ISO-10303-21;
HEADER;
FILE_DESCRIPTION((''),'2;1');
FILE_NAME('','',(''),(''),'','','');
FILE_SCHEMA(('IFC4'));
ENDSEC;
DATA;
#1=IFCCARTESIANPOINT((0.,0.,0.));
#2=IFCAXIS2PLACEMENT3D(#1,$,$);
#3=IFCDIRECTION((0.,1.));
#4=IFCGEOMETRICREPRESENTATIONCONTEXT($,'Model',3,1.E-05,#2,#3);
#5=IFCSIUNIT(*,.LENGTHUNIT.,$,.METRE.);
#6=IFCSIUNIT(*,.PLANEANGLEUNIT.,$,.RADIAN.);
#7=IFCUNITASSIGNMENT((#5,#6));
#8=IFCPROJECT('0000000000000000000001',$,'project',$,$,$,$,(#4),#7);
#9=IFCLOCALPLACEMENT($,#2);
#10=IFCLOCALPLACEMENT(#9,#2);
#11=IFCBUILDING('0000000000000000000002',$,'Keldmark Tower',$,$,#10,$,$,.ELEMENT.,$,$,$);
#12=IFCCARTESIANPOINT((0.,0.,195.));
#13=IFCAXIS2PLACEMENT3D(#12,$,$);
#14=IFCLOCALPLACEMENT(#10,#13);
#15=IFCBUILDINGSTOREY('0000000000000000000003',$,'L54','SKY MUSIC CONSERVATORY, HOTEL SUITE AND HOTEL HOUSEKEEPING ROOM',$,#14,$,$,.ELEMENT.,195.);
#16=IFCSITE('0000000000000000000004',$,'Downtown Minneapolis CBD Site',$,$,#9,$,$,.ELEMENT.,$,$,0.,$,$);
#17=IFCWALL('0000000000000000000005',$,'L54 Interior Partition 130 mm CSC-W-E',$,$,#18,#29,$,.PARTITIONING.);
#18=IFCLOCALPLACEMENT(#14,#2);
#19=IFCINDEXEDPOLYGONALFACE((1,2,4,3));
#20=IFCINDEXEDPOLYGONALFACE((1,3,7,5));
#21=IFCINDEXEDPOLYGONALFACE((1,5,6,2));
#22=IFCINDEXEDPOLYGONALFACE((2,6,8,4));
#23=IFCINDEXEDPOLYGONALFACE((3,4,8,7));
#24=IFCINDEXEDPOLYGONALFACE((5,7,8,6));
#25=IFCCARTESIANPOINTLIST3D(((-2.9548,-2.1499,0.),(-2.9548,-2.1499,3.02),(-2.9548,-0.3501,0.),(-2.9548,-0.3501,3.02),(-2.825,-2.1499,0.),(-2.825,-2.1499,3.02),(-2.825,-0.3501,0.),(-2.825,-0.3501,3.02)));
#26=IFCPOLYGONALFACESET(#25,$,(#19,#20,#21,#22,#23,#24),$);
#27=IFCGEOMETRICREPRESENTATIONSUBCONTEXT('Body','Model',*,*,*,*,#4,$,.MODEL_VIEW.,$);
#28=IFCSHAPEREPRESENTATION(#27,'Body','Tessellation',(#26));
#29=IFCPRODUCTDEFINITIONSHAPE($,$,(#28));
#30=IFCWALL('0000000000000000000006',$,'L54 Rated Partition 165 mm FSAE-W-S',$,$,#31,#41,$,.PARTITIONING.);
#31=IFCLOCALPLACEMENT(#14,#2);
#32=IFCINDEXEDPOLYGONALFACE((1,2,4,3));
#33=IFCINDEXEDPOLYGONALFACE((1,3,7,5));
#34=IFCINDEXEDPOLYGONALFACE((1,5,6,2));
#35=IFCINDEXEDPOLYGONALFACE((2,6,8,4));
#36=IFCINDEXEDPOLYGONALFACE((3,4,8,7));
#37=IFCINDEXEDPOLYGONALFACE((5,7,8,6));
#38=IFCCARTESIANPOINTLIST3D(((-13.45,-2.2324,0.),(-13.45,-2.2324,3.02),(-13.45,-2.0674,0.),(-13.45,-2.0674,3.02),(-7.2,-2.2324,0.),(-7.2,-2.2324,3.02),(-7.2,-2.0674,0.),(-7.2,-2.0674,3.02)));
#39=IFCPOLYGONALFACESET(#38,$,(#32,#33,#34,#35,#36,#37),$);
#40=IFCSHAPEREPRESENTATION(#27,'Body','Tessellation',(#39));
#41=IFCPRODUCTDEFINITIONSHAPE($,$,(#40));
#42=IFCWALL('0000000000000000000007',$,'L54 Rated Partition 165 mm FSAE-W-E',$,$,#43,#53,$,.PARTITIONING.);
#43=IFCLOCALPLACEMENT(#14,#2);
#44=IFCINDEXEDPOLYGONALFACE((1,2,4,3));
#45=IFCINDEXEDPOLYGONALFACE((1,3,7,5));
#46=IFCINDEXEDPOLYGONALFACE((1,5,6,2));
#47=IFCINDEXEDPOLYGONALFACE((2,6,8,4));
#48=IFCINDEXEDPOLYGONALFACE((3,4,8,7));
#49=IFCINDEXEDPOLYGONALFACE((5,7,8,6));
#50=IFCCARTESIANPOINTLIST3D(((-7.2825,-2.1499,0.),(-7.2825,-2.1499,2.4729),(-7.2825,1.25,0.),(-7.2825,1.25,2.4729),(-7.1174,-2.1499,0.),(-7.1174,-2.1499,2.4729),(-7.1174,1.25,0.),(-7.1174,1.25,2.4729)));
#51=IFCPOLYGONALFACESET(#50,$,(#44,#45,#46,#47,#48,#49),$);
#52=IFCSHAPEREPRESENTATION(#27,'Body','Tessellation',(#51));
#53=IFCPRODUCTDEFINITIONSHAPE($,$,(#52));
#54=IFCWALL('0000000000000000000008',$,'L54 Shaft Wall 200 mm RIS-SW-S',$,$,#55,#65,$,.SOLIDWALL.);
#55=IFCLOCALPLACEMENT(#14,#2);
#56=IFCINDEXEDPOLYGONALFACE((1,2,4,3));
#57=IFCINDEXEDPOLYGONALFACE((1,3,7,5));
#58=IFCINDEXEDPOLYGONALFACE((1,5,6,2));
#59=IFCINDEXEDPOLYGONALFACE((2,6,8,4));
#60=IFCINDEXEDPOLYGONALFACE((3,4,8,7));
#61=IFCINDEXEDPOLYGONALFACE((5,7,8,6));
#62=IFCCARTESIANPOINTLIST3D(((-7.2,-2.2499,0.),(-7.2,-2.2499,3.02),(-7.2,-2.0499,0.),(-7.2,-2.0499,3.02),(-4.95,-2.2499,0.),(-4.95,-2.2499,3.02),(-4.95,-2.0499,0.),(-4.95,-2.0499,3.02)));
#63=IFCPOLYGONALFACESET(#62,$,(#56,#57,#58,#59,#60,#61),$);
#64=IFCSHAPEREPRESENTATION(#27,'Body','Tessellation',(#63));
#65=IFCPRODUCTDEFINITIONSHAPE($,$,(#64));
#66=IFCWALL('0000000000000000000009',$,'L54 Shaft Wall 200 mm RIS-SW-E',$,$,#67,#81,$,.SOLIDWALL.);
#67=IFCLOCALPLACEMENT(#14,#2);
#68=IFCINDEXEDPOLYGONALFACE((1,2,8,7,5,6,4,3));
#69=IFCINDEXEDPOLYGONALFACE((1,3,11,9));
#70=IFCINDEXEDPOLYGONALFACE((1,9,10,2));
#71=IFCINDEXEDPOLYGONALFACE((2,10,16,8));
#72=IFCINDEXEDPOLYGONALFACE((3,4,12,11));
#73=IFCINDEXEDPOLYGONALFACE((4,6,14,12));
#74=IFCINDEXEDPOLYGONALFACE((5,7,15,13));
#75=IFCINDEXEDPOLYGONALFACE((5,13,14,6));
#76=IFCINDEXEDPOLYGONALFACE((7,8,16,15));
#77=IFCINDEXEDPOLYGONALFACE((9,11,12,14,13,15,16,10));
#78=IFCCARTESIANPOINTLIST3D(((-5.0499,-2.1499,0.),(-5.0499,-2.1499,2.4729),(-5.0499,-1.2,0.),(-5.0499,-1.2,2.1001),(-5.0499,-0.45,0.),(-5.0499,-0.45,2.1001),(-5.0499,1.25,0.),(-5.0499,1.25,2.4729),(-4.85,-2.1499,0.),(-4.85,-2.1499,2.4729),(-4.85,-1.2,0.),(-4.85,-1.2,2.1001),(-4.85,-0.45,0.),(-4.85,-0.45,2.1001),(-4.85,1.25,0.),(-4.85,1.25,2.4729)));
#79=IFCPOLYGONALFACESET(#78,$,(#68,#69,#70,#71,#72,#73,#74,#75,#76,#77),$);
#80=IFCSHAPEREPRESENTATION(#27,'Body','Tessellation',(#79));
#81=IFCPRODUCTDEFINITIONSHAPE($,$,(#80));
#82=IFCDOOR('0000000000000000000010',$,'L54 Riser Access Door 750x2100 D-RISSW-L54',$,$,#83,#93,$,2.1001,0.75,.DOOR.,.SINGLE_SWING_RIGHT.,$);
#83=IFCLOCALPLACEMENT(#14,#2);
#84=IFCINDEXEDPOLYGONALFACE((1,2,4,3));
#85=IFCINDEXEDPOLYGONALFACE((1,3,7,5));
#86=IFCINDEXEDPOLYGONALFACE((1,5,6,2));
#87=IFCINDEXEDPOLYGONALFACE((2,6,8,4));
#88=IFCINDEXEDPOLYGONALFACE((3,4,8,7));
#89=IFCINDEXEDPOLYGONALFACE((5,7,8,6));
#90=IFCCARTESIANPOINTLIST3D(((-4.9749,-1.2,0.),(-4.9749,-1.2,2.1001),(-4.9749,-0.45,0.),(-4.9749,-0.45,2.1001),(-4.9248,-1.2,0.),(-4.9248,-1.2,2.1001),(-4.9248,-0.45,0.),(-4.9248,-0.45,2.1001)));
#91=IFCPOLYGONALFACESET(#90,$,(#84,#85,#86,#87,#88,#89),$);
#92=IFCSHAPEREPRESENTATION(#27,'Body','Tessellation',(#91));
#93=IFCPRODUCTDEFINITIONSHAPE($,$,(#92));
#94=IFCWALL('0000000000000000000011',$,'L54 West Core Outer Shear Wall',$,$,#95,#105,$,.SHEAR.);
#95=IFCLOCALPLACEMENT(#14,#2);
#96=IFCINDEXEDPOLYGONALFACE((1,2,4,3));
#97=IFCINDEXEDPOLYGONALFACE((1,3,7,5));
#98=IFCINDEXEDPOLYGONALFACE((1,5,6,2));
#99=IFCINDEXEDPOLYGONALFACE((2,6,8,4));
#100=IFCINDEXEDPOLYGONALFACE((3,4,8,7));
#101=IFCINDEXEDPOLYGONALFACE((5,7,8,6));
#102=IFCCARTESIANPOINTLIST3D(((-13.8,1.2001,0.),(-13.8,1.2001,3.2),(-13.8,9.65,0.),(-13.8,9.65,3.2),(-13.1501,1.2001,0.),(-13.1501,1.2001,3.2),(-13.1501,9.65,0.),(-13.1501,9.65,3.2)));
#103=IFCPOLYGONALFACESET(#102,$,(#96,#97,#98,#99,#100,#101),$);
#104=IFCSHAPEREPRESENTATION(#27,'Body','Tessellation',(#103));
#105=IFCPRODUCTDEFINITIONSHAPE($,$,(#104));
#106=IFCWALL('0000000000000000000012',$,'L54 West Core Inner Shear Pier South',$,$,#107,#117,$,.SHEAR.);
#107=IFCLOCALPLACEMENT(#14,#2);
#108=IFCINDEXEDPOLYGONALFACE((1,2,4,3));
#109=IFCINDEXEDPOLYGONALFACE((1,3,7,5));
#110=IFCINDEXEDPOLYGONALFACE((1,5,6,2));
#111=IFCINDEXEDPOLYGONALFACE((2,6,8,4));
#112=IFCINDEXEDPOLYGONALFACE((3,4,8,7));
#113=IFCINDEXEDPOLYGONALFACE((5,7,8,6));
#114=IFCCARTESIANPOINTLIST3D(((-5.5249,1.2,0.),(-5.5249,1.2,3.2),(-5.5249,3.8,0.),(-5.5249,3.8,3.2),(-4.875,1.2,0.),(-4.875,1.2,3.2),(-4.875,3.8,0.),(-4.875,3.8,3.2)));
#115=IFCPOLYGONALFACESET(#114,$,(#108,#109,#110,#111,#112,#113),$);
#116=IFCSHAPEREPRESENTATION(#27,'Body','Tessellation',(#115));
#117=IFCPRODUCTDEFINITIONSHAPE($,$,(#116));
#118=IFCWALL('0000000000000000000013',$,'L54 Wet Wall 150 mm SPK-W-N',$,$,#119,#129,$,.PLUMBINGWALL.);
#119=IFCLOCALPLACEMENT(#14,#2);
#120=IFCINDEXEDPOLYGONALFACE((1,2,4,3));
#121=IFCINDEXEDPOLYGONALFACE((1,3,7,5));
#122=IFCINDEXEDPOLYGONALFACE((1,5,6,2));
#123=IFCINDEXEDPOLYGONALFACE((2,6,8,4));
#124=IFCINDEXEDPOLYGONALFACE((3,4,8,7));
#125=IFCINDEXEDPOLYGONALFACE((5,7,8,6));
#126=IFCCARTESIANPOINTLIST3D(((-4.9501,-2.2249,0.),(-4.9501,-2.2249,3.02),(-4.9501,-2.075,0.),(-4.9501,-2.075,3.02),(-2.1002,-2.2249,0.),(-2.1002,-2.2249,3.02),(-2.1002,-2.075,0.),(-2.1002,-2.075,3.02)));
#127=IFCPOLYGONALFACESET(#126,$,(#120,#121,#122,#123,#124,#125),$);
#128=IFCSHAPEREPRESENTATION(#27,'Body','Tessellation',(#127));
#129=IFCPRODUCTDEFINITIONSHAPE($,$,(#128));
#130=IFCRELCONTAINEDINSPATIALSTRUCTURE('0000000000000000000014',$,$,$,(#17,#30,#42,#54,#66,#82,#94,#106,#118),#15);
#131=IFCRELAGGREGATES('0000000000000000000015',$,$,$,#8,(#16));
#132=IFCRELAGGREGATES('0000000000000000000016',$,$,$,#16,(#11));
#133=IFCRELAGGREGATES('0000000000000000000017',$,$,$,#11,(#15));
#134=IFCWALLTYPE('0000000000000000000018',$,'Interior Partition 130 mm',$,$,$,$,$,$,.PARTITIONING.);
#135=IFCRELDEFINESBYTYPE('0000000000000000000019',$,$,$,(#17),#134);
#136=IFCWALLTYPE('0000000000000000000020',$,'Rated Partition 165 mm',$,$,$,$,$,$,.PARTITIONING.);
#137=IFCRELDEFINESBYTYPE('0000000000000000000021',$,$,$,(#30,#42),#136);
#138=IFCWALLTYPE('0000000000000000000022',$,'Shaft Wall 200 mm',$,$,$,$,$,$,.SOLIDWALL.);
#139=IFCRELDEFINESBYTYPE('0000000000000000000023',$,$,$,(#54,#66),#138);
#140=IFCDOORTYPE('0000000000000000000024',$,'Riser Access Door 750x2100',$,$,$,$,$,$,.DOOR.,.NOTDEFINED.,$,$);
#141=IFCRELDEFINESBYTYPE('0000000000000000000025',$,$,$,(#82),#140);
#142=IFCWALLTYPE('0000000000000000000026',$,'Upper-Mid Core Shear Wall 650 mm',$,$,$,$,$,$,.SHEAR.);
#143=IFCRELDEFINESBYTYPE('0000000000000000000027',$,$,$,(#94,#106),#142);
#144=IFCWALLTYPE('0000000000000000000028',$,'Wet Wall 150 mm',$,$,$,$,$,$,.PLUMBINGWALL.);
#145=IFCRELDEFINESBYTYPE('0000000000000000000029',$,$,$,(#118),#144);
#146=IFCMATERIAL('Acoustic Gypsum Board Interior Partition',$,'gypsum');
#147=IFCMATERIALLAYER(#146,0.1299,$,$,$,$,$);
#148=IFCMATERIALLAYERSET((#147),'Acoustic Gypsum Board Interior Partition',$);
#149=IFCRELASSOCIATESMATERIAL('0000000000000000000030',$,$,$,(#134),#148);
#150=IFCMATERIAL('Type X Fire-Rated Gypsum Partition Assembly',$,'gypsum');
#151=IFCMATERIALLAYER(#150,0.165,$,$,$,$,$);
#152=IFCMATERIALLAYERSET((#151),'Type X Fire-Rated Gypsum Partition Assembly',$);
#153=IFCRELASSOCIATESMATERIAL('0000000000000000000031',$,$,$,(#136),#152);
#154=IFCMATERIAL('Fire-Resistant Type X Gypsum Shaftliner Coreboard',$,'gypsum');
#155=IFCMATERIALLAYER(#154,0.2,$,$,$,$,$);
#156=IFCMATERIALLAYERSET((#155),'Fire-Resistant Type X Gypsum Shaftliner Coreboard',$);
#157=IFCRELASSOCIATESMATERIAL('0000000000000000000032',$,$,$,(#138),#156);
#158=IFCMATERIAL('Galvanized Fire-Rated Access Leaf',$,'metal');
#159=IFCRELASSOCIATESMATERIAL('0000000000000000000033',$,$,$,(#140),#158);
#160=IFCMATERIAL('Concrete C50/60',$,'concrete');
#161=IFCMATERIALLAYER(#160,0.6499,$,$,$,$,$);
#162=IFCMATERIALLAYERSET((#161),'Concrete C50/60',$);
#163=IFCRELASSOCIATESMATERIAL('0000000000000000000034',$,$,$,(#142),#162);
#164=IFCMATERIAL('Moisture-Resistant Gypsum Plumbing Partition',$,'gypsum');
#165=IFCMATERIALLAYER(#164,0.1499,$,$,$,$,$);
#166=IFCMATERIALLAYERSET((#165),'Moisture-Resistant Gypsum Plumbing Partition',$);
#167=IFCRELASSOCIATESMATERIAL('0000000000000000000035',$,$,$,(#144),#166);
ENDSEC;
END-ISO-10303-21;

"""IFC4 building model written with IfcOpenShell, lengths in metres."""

from ifc_helpers import new_model, si_unit, direction, frame, frame_2d, origin, place, context, subcontext, project, spatial, rectangle, extrude, material, layer, layer_set, type_object, element, fill, save


model = new_model("IFC4")

# Units and contexts
model_context = context("Model", 3, precision=1e-05, world=origin(), true_north=direction((0.0, 1.0)))
body_context = subcontext(model_context, "Body", "Model", "MODEL_VIEW")
ifc_project = project(units=[si_unit("LENGTHUNIT", "METRE"), si_unit("PLANEANGLEUNIT", "RADIAN")], contexts=[model_context])

# Site, building, storey
site_placement = place(None, origin())
site = spatial("IfcSite", under=ifc_project, at=site_placement, Name="Downtown Minneapolis CBD Site", CompositionType="ELEMENT", RefElevation=0.0)
building_placement = place(site_placement, origin())
building = spatial("IfcBuilding", under=site, at=building_placement, Name="Keldmark Tower", CompositionType="ELEMENT")
storey_placement = place(building_placement, frame((0.0, 0.0, 195.0)))
storey = spatial("IfcBuildingStorey", under=building, at=storey_placement, Name="L54", Description="SKY MUSIC CONSERVATORY, HOTEL SUITE AND HOTEL HOUSEKEEPING ROOM", CompositionType="ELEMENT", Elevation=195.0)

# Shared definitions
ifc_material_1 = material(Name="Acoustic Gypsum Board Interior Partition", Category="gypsum")
ifc_layer_1 = layer(ifc_material_1, 0.1299)
ifc_layer_set_1 = layer_set([ifc_layer_1], Name="Acoustic Gypsum Board Interior Partition")
wall_type_1 = type_object("IfcWallType", Name="Interior Partition 130 mm", PredefinedType="PARTITIONING", material=ifc_layer_set_1)

# Walls
wall_1_placement = place(storey_placement, frame((-2.8899, -2.1499, 0.0), z_axis=(0.0, 0.0, 1.0), x_axis=(0.0, 1.0, 0.0)))
element("IfcWall", 1, at=wall_1_placement, inside=storey, type_object=wall_type_1, Name="L54 Interior Partition 130 mm CSC-W-E", PredefinedType="PARTITIONING", context=body_context, shape_type="SweptSolid", body=[
    extrude(rectangle(XDim=1.7998, YDim=0.1299, at=frame_2d((0.8999, 0.0))), origin(), (0.0, 0.0, 1.0), 3.02),
])
ifc_material_2 = material(Name="Type X Fire-Rated Gypsum Partition Assembly", Category="gypsum")
ifc_layer_2 = layer(ifc_material_2, 0.165)
ifc_layer_set_2 = layer_set([ifc_layer_2], Name="Type X Fire-Rated Gypsum Partition Assembly")
wall_type_2 = type_object("IfcWallType", Name="Rated Partition 165 mm", PredefinedType="PARTITIONING", material=ifc_layer_set_2)
wall_2_placement = place(storey_placement, frame((-13.45, -2.1499, 0.0), z_axis=(0.0, 0.0, 1.0), x_axis=(1.0, 0.0, 0.0)))
element("IfcWall", 2, at=wall_2_placement, inside=storey, type_object=wall_type_2, Name="L54 Rated Partition 165 mm FSAE-W-S", PredefinedType="PARTITIONING", context=body_context, shape_type="SweptSolid", body=[
    extrude(rectangle(XDim=6.25, YDim=0.165, at=frame_2d((3.125, 0.0))), origin(), (0.0, 0.0, 1.0), 3.02),
])

# Walls
wall_3_placement = place(storey_placement, frame((-7.2, -2.1499, 0.0), z_axis=(0.0, 0.0, 1.0), x_axis=(0.0, 1.0, 0.0)))
element("IfcWall", 3, at=wall_3_placement, inside=storey, type_object=wall_type_2, Name="L54 Rated Partition 165 mm FSAE-W-E", PredefinedType="PARTITIONING", context=body_context, shape_type="SweptSolid", body=[
    extrude(rectangle(XDim=3.3999, YDim=0.165, at=frame_2d((1.7, 0.0))), origin(), (0.0, 0.0, 1.0), 2.4729),
])
ifc_material_3 = material(Name="Fire-Resistant Type X Gypsum Shaftliner Coreboard", Category="gypsum")
ifc_layer_3 = layer(ifc_material_3, 0.2)
ifc_layer_set_3 = layer_set([ifc_layer_3], Name="Fire-Resistant Type X Gypsum Shaftliner Coreboard")
wall_type_3 = type_object("IfcWallType", Name="Shaft Wall 200 mm", PredefinedType="SOLIDWALL", material=ifc_layer_set_3)
wall_4_placement = place(storey_placement, frame((-7.2, -2.1499, 0.0), z_axis=(0.0, 0.0, 1.0), x_axis=(1.0, 0.0, 0.0)))
element("IfcWall", 4, at=wall_4_placement, inside=storey, type_object=wall_type_3, Name="L54 Shaft Wall 200 mm RIS-SW-S", PredefinedType="SOLIDWALL", context=body_context, shape_type="SweptSolid", body=[
    extrude(rectangle(XDim=2.25, YDim=0.2, at=frame_2d((1.125, 0.0))), origin(), (0.0, 0.0, 1.0), 3.02),
])

# Wall, opening, door
wall_5_placement = place(storey_placement, frame((-4.95, -2.1499, 0.0), z_axis=(0.0, 0.0, 1.0), x_axis=(0.0, 1.0, 0.0)))
wall_5 = element("IfcWall", 5, at=wall_5_placement, inside=storey, type_object=wall_type_3, Name="L54 Shaft Wall 200 mm RIS-SW-E", PredefinedType="SOLIDWALL", context=body_context, shape_type="SweptSolid", body=[
    extrude(rectangle(XDim=3.3999, YDim=0.2, at=frame_2d((1.7, 0.0))), origin(), (0.0, 0.0, 1.0), 2.4729),
])
opening_1_placement = place(wall_5_placement, frame((0.95, 0.0, 0.0)))
opening_1 = element("IfcOpeningElement", 6, at=opening_1_placement, cuts=wall_5, PredefinedType="OPENING", context=body_context, shape_type="SweptSolid", body=[
    extrude(rectangle(XDim=0.75, YDim=2.1001, at=frame_2d((0.375, 1.05))), frame((0.0, 0.1099, 0.0), z_axis=(0.0, -1.0, 0.0), x_axis=(1.0, 0.0, 0.0)), (0.0, 0.0, 1.0), 0.22),
])
ifc_material_4 = material(Name="Galvanized Fire-Rated Access Leaf", Category="metal")
door_type_1 = type_object("IfcDoorType", Name="Riser Access Door 750x2100", OperationType="NOTDEFINED", PredefinedType="DOOR", material=ifc_material_4)
door_1_placement = place(opening_1_placement, origin())
door_1 = element("IfcDoor", 7, at=door_1_placement, inside=storey, type_object=door_type_1, Name="L54 Riser Access Door 750x2100 D-RISSW-L54", OperationType="SINGLE_SWING_RIGHT", OverallHeight=2.1001, OverallWidth=0.75, PredefinedType="DOOR", context=body_context, shape_type="SweptSolid", body=[
    extrude(rectangle(XDim=0.75, YDim=2.1001, at=frame_2d((0.375, 1.05))), frame((0.0, 0.0249, 0.0), z_axis=(0.0, -1.0, 0.0), x_axis=(1.0, 0.0, 0.0)), (0.0, 0.0, 1.0), 0.05),
])
fill(opening_1, door_1)

# Walls
ifc_material_5 = material(Name="Concrete C50/60", Category="concrete")
ifc_layer_4 = layer(ifc_material_5, 0.6499)
ifc_layer_set_4 = layer_set([ifc_layer_4], Name="Concrete C50/60")
wall_type_4 = type_object("IfcWallType", Name="Upper-Mid Core Shear Wall 650 mm", PredefinedType="SHEAR", material=ifc_layer_set_4)
wall_6_placement = place(storey_placement, frame((-13.4751, 1.2, 0.0), z_axis=(0.0, 0.0, 1.0), x_axis=(0.0, 1.0, 0.0)))
element("IfcWall", 8, at=wall_6_placement, inside=storey, type_object=wall_type_4, Name="L54 West Core Outer Shear Wall", PredefinedType="SHEAR", context=body_context, shape_type="SweptSolid", body=[
    extrude(rectangle(XDim=8.45, YDim=0.6499, at=frame_2d((4.2251, 0.0))), origin(), (0.0, 0.0, 1.0), 3.2),
])
wall_7_placement = place(storey_placement, frame((-5.2, 1.2, 0.0), z_axis=(0.0, 0.0, 1.0), x_axis=(0.0, 1.0, 0.0)))
element("IfcWall", 9, at=wall_7_placement, inside=storey, type_object=wall_type_4, Name="L54 West Core Inner Shear Pier South", PredefinedType="SHEAR", context=body_context, shape_type="SweptSolid", body=[
    extrude(rectangle(XDim=2.6001, YDim=0.6499, at=frame_2d((1.3, 0.0))), origin(), (0.0, 0.0, 1.0), 3.2),
])
ifc_material_6 = material(Name="Moisture-Resistant Gypsum Plumbing Partition", Category="gypsum")
ifc_layer_5 = layer(ifc_material_6, 0.1499)
ifc_layer_set_5 = layer_set([ifc_layer_5], Name="Moisture-Resistant Gypsum Plumbing Partition")
wall_type_5 = type_object("IfcWallType", Name="Wet Wall 150 mm", PredefinedType="PLUMBINGWALL", material=ifc_layer_set_5)
wall_8_placement = place(storey_placement, frame((-4.95, -2.1499, 0.0), z_axis=(0.0, 0.0, 1.0), x_axis=(1.0, 0.0, 0.0)))
element("IfcWall", 10, at=wall_8_placement, inside=storey, type_object=wall_type_5, Name="L54 Wet Wall 150 mm SPK-W-N", PredefinedType="PLUMBINGWALL", context=body_context, shape_type="SweptSolid", body=[
    extrude(rectangle(XDim=2.8499, YDim=0.1499, at=frame_2d((1.4248, 0.0))), origin(), (0.0, 0.0, 1.0), 3.02),
])

save(model, "model.ifc")
